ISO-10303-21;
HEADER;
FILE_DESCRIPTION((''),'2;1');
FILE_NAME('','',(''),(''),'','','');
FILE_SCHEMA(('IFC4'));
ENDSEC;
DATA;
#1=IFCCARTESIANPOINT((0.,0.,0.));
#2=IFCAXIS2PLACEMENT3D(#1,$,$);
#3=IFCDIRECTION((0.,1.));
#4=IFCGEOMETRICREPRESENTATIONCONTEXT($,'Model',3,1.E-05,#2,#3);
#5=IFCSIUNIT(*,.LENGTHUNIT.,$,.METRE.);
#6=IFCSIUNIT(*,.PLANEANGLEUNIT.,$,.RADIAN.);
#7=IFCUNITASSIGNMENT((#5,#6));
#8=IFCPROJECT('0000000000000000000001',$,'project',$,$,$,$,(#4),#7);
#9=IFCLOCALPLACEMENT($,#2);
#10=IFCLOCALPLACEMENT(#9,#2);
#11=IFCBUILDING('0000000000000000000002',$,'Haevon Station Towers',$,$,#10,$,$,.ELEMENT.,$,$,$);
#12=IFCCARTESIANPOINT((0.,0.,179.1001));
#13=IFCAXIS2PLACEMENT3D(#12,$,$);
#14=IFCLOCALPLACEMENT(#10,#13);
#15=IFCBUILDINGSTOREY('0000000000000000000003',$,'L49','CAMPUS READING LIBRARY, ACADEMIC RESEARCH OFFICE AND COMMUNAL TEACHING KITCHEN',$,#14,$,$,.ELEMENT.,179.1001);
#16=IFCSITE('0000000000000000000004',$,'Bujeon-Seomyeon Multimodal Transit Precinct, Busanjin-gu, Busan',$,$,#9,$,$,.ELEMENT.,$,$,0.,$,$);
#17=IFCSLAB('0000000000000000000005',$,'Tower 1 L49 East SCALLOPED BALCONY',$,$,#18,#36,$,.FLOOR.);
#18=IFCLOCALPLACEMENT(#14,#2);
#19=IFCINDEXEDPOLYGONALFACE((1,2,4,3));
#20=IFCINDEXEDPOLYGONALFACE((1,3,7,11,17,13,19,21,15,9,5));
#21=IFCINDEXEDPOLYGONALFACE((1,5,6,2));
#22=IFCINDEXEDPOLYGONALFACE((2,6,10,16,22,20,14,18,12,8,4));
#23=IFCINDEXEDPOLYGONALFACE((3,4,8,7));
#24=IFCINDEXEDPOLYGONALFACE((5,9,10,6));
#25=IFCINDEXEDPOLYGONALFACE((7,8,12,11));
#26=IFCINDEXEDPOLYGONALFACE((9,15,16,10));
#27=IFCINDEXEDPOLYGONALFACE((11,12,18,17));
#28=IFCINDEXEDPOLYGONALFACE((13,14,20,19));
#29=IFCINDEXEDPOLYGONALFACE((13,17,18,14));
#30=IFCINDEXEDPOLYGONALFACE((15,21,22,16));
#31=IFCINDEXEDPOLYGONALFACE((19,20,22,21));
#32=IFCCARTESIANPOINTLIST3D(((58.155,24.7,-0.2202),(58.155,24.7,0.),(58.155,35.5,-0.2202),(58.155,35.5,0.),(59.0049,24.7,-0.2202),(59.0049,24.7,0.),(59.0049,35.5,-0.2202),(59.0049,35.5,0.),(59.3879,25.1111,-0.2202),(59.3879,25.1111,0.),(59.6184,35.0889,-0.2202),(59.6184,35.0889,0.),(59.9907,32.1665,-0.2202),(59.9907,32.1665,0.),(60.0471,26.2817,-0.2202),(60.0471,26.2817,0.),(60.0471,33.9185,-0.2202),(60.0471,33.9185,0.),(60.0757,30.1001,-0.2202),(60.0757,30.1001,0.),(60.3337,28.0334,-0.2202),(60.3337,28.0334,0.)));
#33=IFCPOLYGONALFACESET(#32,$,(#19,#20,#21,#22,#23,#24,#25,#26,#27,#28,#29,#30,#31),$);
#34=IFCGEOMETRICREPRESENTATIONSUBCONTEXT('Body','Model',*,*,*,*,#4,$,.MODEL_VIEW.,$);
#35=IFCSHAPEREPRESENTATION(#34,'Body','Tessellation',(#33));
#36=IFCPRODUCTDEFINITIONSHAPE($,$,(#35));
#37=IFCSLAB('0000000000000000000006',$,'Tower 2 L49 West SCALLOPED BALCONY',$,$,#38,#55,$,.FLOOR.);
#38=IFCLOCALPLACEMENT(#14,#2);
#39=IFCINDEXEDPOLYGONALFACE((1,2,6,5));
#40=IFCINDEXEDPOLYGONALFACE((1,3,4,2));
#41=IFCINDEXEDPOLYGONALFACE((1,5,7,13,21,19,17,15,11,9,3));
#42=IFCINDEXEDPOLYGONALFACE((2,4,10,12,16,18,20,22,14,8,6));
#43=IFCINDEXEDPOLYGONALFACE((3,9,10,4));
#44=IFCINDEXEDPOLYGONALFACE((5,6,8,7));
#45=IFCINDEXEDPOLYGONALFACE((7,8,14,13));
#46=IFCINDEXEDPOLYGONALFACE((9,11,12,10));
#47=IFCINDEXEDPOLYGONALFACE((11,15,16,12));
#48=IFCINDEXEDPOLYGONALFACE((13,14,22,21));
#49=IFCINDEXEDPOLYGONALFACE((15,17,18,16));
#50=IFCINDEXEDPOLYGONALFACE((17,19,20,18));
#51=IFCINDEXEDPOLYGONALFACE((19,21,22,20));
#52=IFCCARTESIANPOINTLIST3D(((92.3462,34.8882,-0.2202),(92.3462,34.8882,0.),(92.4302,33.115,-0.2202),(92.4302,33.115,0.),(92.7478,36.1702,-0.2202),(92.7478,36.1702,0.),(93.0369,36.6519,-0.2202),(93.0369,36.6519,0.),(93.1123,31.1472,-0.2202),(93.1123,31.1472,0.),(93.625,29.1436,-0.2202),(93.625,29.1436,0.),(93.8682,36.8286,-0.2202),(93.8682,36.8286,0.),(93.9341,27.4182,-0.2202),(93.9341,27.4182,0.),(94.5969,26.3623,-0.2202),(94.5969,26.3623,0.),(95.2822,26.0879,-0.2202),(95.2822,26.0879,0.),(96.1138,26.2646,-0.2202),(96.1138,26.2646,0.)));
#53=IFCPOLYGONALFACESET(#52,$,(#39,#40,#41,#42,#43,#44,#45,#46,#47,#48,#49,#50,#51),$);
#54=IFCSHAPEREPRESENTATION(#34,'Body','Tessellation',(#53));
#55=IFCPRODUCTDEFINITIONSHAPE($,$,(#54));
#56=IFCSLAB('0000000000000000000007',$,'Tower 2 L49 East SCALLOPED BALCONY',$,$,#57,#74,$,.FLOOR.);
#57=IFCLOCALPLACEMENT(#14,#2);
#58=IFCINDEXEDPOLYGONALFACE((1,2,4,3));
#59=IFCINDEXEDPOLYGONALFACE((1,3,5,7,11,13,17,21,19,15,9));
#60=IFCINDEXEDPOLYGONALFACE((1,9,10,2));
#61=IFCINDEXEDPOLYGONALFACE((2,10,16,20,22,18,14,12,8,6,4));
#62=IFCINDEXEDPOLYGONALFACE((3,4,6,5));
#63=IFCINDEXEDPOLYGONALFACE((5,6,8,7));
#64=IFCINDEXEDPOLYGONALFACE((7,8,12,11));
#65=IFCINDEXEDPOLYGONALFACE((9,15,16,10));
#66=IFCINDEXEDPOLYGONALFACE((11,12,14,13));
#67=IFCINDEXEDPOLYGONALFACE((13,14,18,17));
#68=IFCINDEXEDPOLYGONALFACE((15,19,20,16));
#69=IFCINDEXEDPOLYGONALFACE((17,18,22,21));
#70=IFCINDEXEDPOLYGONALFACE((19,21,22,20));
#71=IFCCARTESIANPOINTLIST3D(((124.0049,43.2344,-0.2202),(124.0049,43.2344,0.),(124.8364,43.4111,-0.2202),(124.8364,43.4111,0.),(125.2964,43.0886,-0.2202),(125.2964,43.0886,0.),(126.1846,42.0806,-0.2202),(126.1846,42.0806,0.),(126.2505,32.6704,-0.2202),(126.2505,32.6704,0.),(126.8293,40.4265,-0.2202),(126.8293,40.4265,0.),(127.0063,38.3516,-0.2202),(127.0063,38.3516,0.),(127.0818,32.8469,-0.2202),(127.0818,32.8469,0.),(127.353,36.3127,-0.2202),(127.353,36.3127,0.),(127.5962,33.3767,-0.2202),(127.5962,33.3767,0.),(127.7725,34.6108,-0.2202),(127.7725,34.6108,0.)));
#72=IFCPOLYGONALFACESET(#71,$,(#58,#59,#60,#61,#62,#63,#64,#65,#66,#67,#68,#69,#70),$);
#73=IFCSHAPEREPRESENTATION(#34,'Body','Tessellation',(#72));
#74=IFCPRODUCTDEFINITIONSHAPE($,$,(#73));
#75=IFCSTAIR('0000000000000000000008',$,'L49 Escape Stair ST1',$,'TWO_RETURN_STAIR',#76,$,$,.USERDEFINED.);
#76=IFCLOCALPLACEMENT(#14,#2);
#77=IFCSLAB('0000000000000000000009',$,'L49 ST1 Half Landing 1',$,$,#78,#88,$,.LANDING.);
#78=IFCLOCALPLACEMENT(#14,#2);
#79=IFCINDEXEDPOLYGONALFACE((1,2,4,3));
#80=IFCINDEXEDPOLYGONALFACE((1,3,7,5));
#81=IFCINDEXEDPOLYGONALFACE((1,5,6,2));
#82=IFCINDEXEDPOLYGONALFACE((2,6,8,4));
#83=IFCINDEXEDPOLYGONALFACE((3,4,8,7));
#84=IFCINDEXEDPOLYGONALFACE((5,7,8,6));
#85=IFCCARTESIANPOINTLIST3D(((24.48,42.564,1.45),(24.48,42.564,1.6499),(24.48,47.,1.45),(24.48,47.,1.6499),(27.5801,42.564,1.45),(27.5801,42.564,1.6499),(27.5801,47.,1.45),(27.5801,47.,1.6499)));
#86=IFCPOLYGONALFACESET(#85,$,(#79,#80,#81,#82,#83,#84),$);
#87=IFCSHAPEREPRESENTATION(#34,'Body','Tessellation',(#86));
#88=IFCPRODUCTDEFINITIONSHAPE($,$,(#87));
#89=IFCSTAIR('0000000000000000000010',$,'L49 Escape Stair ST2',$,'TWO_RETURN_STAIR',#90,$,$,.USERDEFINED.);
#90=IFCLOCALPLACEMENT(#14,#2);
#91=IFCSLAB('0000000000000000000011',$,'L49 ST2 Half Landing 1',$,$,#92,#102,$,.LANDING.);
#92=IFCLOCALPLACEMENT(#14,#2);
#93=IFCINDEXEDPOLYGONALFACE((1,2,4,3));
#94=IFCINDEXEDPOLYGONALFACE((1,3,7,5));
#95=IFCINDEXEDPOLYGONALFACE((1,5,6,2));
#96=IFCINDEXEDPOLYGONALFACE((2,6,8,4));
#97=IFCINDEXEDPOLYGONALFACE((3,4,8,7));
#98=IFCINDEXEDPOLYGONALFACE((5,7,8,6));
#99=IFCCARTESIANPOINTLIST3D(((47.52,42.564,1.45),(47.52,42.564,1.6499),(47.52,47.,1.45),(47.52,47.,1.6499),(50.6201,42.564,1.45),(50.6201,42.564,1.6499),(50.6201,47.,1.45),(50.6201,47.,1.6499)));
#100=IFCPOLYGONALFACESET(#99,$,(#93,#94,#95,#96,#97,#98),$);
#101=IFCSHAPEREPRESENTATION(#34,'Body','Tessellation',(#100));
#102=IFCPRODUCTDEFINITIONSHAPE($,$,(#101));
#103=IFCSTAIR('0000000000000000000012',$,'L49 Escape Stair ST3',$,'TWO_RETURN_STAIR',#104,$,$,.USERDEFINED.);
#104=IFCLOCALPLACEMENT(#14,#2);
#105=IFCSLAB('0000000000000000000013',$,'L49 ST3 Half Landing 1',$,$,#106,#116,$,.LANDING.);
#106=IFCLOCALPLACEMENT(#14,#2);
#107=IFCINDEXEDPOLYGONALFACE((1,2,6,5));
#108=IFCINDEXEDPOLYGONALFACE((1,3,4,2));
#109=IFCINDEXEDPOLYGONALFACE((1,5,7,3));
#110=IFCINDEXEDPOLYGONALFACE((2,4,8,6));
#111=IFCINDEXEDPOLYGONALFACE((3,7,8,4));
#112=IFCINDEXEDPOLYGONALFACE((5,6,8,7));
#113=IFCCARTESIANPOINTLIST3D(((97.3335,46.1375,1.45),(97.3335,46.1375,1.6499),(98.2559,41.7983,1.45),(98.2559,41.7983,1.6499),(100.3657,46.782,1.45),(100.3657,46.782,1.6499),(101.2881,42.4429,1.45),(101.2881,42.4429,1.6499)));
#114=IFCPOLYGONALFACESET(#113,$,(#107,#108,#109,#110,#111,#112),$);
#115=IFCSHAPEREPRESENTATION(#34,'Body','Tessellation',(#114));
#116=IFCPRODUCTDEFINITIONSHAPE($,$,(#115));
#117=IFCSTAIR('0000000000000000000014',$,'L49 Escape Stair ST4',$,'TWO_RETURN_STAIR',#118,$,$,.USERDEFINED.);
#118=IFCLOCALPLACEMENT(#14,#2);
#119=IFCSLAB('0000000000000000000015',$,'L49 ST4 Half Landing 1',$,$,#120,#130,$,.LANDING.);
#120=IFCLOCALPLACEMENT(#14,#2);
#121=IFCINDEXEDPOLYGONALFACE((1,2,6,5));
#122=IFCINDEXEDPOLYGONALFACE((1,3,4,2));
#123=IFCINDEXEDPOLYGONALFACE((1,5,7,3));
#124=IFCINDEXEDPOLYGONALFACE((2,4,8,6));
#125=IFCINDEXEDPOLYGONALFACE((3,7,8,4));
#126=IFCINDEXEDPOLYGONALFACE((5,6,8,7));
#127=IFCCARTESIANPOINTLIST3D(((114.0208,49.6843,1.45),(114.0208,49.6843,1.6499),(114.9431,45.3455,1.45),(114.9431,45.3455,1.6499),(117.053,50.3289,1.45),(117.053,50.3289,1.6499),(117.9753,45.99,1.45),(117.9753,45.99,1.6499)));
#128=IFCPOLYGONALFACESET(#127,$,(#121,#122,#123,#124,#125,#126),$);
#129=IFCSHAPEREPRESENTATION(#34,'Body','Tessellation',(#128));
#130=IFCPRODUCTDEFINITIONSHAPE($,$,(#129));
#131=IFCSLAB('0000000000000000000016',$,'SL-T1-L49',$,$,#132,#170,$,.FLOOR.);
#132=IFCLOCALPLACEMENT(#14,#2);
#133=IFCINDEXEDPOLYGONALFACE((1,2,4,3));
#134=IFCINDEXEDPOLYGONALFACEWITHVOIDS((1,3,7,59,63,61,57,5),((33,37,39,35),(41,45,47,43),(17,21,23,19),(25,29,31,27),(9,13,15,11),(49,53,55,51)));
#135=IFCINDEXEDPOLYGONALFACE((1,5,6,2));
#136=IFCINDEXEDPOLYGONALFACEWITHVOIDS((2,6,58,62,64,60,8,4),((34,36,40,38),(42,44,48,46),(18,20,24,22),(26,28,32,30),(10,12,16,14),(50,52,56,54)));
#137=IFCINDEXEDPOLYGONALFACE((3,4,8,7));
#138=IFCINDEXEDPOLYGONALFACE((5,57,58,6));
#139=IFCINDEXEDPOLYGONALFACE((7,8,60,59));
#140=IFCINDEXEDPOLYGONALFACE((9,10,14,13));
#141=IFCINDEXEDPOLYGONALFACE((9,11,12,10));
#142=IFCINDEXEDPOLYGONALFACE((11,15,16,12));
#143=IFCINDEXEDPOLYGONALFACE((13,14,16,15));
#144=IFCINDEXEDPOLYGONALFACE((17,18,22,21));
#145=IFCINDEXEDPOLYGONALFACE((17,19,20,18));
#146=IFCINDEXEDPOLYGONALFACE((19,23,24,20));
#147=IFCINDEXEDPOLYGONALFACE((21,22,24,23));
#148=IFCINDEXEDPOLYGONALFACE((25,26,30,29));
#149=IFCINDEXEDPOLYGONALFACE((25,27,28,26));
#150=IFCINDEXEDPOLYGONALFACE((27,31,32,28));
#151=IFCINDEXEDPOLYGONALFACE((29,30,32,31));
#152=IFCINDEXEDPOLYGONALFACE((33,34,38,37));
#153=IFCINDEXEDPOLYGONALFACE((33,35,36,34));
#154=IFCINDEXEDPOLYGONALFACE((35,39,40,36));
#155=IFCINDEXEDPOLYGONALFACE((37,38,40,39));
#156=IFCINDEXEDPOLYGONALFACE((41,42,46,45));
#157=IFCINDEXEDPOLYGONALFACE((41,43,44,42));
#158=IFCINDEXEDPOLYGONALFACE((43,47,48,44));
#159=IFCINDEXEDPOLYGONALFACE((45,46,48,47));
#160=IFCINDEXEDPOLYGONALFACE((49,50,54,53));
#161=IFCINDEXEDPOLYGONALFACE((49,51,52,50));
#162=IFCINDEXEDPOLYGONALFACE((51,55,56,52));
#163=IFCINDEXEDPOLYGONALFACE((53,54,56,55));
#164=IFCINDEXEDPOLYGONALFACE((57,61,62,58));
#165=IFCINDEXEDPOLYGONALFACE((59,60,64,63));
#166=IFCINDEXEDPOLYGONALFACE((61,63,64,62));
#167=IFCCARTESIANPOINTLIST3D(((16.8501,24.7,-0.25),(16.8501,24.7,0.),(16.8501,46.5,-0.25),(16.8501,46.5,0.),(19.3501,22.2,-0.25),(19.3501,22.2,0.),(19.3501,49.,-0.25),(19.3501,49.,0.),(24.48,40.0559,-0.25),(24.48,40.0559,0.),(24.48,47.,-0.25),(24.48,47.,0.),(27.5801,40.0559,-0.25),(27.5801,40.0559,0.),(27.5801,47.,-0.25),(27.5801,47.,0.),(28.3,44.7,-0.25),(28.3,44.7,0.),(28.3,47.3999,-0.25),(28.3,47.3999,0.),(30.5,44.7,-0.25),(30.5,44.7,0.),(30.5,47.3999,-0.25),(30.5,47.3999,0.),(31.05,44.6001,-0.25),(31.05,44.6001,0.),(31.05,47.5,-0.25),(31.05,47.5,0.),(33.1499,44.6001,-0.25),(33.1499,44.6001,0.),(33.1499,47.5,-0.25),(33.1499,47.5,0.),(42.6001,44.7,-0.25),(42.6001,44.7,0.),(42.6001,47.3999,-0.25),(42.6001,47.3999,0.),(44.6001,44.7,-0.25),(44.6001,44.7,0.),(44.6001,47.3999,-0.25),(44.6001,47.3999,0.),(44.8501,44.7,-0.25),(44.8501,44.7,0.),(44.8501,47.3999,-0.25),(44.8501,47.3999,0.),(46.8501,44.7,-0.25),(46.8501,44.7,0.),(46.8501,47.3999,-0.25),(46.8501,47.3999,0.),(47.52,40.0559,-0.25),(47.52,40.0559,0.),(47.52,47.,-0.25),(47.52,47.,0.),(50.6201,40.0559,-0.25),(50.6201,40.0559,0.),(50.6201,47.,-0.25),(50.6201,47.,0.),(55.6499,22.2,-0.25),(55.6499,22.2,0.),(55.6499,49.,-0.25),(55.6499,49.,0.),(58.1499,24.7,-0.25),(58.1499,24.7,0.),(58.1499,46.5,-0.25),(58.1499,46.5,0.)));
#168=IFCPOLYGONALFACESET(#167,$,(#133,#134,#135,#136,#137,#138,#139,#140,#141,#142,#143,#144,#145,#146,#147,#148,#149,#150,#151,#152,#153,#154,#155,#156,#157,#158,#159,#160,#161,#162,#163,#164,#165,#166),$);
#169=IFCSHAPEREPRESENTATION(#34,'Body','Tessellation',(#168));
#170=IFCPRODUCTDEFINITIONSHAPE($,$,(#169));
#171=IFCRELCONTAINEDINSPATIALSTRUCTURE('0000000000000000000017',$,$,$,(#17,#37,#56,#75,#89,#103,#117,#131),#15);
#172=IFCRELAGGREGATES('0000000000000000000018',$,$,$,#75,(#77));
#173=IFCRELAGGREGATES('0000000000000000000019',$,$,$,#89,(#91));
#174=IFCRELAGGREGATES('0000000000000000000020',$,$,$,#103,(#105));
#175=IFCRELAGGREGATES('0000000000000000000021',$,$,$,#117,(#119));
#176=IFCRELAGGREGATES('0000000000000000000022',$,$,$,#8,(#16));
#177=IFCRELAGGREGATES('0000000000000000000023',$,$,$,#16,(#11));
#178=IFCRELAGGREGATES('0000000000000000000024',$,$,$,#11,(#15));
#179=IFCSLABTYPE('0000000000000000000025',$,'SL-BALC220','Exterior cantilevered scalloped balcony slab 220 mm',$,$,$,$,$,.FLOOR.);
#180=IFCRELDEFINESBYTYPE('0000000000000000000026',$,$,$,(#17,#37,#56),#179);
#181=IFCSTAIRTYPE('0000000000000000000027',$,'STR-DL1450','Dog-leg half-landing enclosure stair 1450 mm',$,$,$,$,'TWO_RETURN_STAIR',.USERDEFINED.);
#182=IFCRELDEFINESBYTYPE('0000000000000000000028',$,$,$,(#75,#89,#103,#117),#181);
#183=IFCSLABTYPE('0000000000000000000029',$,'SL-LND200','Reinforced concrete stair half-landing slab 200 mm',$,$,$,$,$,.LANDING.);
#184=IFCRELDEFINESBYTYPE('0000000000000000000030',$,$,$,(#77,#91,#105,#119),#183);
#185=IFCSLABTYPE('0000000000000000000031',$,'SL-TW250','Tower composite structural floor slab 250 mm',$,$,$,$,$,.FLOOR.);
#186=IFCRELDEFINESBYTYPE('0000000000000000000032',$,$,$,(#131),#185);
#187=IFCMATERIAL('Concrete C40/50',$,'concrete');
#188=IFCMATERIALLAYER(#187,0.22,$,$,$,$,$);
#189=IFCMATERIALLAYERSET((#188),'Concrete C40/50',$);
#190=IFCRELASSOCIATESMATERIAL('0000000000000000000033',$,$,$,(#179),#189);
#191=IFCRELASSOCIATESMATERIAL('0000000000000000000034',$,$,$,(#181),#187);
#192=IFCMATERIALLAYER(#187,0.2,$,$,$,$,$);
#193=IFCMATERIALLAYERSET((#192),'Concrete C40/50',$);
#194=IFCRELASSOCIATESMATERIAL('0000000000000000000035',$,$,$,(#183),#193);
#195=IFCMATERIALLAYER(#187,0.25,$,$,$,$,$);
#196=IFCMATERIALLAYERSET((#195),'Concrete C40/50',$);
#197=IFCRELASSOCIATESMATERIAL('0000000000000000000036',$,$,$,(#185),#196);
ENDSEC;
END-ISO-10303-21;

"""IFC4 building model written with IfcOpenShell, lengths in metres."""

from ifc_helpers import new_model, si_unit, direction, frame, origin, place, context, subcontext, project, spatial, polyline, outline, extrude, material, layer, layer_set, type_object, element, aggregate, save


model = new_model("IFC4")

# Units and contexts
model_context = context("Model", 3, precision=1e-05, world=origin(), true_north=direction((0.0, 1.0)))
body_context = subcontext(model_context, "Body", "Model", "MODEL_VIEW")
ifc_project = project(units=[si_unit("LENGTHUNIT", "METRE"), si_unit("PLANEANGLEUNIT", "RADIAN")], contexts=[model_context])

# Site, building, storey
site_placement = place(None, origin())
site = spatial("IfcSite", under=ifc_project, at=site_placement, Name="Bujeon-Seomyeon Multimodal Transit Precinct, Busanjin-gu, Busan", CompositionType="ELEMENT", RefElevation=0.0)
building_placement = place(site_placement, origin())
building = spatial("IfcBuilding", under=site, at=building_placement, Name="Haevon Station Towers", CompositionType="ELEMENT")
storey_placement = place(building_placement, frame((0.0, 0.0, 179.1001)))
storey = spatial("IfcBuildingStorey", under=building, at=storey_placement, Name="L49", Description="CAMPUS READING LIBRARY, ACADEMIC RESEARCH OFFICE AND COMMUNAL TEACHING KITCHEN", CompositionType="ELEMENT", Elevation=179.1001)

# Slabs
ifc_material_1 = material(Name="Concrete C40/50", Category="concrete")
ifc_layer_1 = layer(ifc_material_1, 0.22)
ifc_layer_set_1 = layer_set([ifc_layer_1], Name="Concrete C40/50")
slab_type_1 = type_object("IfcSlabType", Name="SL-BALC220", Description="Exterior cantilevered scalloped balcony slab 220 mm", PredefinedType="FLOOR", material=ifc_layer_set_1)
slab_1_placement = place(storey_placement, frame((0.0, 0.0, -0.2202)))
element("IfcSlab", 1, at=slab_1_placement, inside=storey, type_object=slab_type_1, Name="Tower 1 L49 East SCALLOPED BALCONY", PredefinedType="FLOOR", context=body_context, shape_type="SweptSolid", body=[
    extrude(outline(polyline([(58.155, 24.7), (59.0049, 24.7), (59.3879, 25.1111), (60.0471, 26.2817), (60.3337, 28.0334), (60.0757, 30.1001), (59.9907, 32.1665), (60.0471, 33.9185), (59.6184, 35.0889), (59.0049, 35.5), (58.155, 35.5), (58.155, 24.7)])), origin(), (0.0, 0.0, 1.0), 0.2202),
])
slab_2_placement = place(storey_placement, frame((0.0, 0.0, -0.2202)))
element("IfcSlab", 2, at=slab_2_placement, inside=storey, type_object=slab_type_1, Name="Tower 2 L49 West SCALLOPED BALCONY", PredefinedType="FLOOR", context=body_context, shape_type="SweptSolid", body=[
    extrude(outline(polyline([(93.8682, 36.8286), (93.0369, 36.6519), (92.7478, 36.1702), (92.3462, 34.8882), (92.4302, 33.115), (93.1123, 31.1472), (93.625, 29.1436), (93.9341, 27.4182), (94.5969, 26.3623), (95.2822, 26.0879), (96.1138, 26.2646), (93.8682, 36.8286)])), origin(), (0.0, 0.0, 1.0), 0.2202),
])
slab_3_placement = place(storey_placement, frame((0.0, 0.0, -0.2202)))
element("IfcSlab", 3, at=slab_3_placement, inside=storey, type_object=slab_type_1, Name="Tower 2 L49 East SCALLOPED BALCONY", PredefinedType="FLOOR", context=body_context, shape_type="SweptSolid", body=[
    extrude(outline(polyline([(126.2505, 32.6704), (127.0818, 32.8469), (127.5962, 33.3767), (127.7725, 34.6108), (127.353, 36.3127), (127.0063, 38.3516), (126.8293, 40.4265), (126.1846, 42.0806), (125.2964, 43.0886), (124.8364, 43.4111), (124.0049, 43.2344), (126.2505, 32.6704)])), origin(), (0.0, 0.0, 1.0), 0.2202),
])

# Stairs, slabs
stair_type = type_object("IfcStairType", Name="STR-DL1450", Description="Dog-leg half-landing enclosure stair 1450 mm", ElementType="TWO_RETURN_STAIR", PredefinedType="USERDEFINED", material=ifc_material_1)
stair_1_placement = place(storey_placement, origin())
stair_1 = element("IfcStair", 4, at=stair_1_placement, inside=storey, type_object=stair_type, Name="L49 Escape Stair ST1", ObjectType="TWO_RETURN_STAIR", PredefinedType="USERDEFINED")
ifc_layer_2 = layer(ifc_material_1, 0.2)
ifc_layer_set_2 = layer_set([ifc_layer_2], Name="Concrete C40/50")
slab_type_2 = type_object("IfcSlabType", Name="SL-LND200", Description="Reinforced concrete stair half-landing slab 200 mm", PredefinedType="LANDING", material=ifc_layer_set_2)
slab_4_placement = place(storey_placement, frame((0.0, 0.0, 1.45)))
slab_4 = element("IfcSlab", 5, at=slab_4_placement, type_object=slab_type_2, Name="L49 ST1 Half Landing 1", PredefinedType="LANDING", context=body_context, shape_type="SweptSolid", body=[
    extrude(outline(polyline([(27.5801, 42.564), (27.5801, 47.0), (24.48, 47.0), (24.48, 42.564), (27.5801, 42.564)])), origin(), (0.0, 0.0, 1.0), 0.2),
])
aggregate(stair_1, [slab_4])
stair_2_placement = place(storey_placement, origin())
stair_2 = element("IfcStair", 6, at=stair_2_placement, inside=storey, type_object=stair_type, Name="L49 Escape Stair ST2", ObjectType="TWO_RETURN_STAIR", PredefinedType="USERDEFINED")
slab_5_placement = place(storey_placement, frame((0.0, 0.0, 1.45)))
slab_5 = element("IfcSlab", 7, at=slab_5_placement, type_object=slab_type_2, Name="L49 ST2 Half Landing 1", PredefinedType="LANDING", context=body_context, shape_type="SweptSolid", body=[
    extrude(outline(polyline([(50.6201, 42.564), (50.6201, 47.0), (47.52, 47.0), (47.52, 42.564), (50.6201, 42.564)])), origin(), (0.0, 0.0, 1.0), 0.2),
])
aggregate(stair_2, [slab_5])
stair_3_placement = place(storey_placement, origin())
stair_3 = element("IfcStair", 8, at=stair_3_placement, inside=storey, type_object=stair_type, Name="L49 Escape Stair ST3", ObjectType="TWO_RETURN_STAIR", PredefinedType="USERDEFINED")
slab_6_placement = place(storey_placement, frame((0.0, 0.0, 1.45)))
slab_6 = element("IfcSlab", 9, at=slab_6_placement, type_object=slab_type_2, Name="L49 ST3 Half Landing 1", PredefinedType="LANDING", context=body_context, shape_type="SweptSolid", body=[
    extrude(outline(polyline([(101.2881, 42.4429), (100.3657, 46.782), (97.3335, 46.1375), (98.2559, 41.7983), (101.2881, 42.4429)])), origin(), (0.0, 0.0, 1.0), 0.2),
])
aggregate(stair_3, [slab_6])
stair_4_placement = place(storey_placement, origin())
stair_4 = element("IfcStair", 10, at=stair_4_placement, inside=storey, type_object=stair_type, Name="L49 Escape Stair ST4", ObjectType="TWO_RETURN_STAIR", PredefinedType="USERDEFINED")
slab_7_placement = place(storey_placement, frame((0.0, 0.0, 1.45)))
slab_7 = element("IfcSlab", 11, at=slab_7_placement, type_object=slab_type_2, Name="L49 ST4 Half Landing 1", PredefinedType="LANDING", context=body_context, shape_type="SweptSolid", body=[
    extrude(outline(polyline([(117.9753, 45.99), (117.053, 50.3289), (114.0208, 49.6843), (114.9431, 45.3455), (117.9753, 45.99)])), origin(), (0.0, 0.0, 1.0), 0.2),
])
aggregate(stair_4, [slab_7])

# Slab
ifc_layer_3 = layer(ifc_material_1, 0.25)
ifc_layer_set_3 = layer_set([ifc_layer_3], Name="Concrete C40/50")
slab_type_3 = type_object("IfcSlabType", Name="SL-TW250", Description="Tower composite structural floor slab 250 mm", PredefinedType="FLOOR", material=ifc_layer_set_3)
slab_8_placement = place(storey_placement, frame((0.0, 0.0, -0.25)))
element("IfcSlab", 12, at=slab_8_placement, inside=storey, type_object=slab_type_3, Name="SL-T1-L49", PredefinedType="FLOOR", context=body_context, shape_type="SweptSolid", body=[
    extrude(outline(polyline([(19.3501, 22.2), (55.6499, 22.2), (58.1499, 24.7), (58.1499, 46.5), (55.6499, 49.0), (19.3501, 49.0), (16.8501, 46.5), (16.8501, 24.7), (19.3501, 22.2)]), holes=[polyline([(27.5801, 40.0559), (27.5801, 47.0), (24.48, 47.0), (24.48, 40.0559), (27.5801, 40.0559)]), polyline([(50.6201, 40.0559), (50.6201, 47.0), (47.52, 47.0), (47.52, 40.0559), (50.6201, 40.0559)]), polyline([(28.3, 44.7), (30.5, 44.7), (30.5, 47.3999), (28.3, 47.3999), (28.3, 44.7)]), polyline([(31.05, 44.6001), (33.1499, 44.6001), (33.1499, 47.5), (31.05, 47.5), (31.05, 44.6001)]), polyline([(42.6001, 44.7), (44.6001, 44.7), (44.6001, 47.3999), (42.6001, 47.3999), (42.6001, 44.7)]), polyline([(44.8501, 44.7), (46.8501, 44.7), (46.8501, 47.3999), (44.8501, 47.3999), (44.8501, 44.7)])]), origin(), (0.0, 0.0, 1.0), 0.25),
])

save(model, "model.ifc")
